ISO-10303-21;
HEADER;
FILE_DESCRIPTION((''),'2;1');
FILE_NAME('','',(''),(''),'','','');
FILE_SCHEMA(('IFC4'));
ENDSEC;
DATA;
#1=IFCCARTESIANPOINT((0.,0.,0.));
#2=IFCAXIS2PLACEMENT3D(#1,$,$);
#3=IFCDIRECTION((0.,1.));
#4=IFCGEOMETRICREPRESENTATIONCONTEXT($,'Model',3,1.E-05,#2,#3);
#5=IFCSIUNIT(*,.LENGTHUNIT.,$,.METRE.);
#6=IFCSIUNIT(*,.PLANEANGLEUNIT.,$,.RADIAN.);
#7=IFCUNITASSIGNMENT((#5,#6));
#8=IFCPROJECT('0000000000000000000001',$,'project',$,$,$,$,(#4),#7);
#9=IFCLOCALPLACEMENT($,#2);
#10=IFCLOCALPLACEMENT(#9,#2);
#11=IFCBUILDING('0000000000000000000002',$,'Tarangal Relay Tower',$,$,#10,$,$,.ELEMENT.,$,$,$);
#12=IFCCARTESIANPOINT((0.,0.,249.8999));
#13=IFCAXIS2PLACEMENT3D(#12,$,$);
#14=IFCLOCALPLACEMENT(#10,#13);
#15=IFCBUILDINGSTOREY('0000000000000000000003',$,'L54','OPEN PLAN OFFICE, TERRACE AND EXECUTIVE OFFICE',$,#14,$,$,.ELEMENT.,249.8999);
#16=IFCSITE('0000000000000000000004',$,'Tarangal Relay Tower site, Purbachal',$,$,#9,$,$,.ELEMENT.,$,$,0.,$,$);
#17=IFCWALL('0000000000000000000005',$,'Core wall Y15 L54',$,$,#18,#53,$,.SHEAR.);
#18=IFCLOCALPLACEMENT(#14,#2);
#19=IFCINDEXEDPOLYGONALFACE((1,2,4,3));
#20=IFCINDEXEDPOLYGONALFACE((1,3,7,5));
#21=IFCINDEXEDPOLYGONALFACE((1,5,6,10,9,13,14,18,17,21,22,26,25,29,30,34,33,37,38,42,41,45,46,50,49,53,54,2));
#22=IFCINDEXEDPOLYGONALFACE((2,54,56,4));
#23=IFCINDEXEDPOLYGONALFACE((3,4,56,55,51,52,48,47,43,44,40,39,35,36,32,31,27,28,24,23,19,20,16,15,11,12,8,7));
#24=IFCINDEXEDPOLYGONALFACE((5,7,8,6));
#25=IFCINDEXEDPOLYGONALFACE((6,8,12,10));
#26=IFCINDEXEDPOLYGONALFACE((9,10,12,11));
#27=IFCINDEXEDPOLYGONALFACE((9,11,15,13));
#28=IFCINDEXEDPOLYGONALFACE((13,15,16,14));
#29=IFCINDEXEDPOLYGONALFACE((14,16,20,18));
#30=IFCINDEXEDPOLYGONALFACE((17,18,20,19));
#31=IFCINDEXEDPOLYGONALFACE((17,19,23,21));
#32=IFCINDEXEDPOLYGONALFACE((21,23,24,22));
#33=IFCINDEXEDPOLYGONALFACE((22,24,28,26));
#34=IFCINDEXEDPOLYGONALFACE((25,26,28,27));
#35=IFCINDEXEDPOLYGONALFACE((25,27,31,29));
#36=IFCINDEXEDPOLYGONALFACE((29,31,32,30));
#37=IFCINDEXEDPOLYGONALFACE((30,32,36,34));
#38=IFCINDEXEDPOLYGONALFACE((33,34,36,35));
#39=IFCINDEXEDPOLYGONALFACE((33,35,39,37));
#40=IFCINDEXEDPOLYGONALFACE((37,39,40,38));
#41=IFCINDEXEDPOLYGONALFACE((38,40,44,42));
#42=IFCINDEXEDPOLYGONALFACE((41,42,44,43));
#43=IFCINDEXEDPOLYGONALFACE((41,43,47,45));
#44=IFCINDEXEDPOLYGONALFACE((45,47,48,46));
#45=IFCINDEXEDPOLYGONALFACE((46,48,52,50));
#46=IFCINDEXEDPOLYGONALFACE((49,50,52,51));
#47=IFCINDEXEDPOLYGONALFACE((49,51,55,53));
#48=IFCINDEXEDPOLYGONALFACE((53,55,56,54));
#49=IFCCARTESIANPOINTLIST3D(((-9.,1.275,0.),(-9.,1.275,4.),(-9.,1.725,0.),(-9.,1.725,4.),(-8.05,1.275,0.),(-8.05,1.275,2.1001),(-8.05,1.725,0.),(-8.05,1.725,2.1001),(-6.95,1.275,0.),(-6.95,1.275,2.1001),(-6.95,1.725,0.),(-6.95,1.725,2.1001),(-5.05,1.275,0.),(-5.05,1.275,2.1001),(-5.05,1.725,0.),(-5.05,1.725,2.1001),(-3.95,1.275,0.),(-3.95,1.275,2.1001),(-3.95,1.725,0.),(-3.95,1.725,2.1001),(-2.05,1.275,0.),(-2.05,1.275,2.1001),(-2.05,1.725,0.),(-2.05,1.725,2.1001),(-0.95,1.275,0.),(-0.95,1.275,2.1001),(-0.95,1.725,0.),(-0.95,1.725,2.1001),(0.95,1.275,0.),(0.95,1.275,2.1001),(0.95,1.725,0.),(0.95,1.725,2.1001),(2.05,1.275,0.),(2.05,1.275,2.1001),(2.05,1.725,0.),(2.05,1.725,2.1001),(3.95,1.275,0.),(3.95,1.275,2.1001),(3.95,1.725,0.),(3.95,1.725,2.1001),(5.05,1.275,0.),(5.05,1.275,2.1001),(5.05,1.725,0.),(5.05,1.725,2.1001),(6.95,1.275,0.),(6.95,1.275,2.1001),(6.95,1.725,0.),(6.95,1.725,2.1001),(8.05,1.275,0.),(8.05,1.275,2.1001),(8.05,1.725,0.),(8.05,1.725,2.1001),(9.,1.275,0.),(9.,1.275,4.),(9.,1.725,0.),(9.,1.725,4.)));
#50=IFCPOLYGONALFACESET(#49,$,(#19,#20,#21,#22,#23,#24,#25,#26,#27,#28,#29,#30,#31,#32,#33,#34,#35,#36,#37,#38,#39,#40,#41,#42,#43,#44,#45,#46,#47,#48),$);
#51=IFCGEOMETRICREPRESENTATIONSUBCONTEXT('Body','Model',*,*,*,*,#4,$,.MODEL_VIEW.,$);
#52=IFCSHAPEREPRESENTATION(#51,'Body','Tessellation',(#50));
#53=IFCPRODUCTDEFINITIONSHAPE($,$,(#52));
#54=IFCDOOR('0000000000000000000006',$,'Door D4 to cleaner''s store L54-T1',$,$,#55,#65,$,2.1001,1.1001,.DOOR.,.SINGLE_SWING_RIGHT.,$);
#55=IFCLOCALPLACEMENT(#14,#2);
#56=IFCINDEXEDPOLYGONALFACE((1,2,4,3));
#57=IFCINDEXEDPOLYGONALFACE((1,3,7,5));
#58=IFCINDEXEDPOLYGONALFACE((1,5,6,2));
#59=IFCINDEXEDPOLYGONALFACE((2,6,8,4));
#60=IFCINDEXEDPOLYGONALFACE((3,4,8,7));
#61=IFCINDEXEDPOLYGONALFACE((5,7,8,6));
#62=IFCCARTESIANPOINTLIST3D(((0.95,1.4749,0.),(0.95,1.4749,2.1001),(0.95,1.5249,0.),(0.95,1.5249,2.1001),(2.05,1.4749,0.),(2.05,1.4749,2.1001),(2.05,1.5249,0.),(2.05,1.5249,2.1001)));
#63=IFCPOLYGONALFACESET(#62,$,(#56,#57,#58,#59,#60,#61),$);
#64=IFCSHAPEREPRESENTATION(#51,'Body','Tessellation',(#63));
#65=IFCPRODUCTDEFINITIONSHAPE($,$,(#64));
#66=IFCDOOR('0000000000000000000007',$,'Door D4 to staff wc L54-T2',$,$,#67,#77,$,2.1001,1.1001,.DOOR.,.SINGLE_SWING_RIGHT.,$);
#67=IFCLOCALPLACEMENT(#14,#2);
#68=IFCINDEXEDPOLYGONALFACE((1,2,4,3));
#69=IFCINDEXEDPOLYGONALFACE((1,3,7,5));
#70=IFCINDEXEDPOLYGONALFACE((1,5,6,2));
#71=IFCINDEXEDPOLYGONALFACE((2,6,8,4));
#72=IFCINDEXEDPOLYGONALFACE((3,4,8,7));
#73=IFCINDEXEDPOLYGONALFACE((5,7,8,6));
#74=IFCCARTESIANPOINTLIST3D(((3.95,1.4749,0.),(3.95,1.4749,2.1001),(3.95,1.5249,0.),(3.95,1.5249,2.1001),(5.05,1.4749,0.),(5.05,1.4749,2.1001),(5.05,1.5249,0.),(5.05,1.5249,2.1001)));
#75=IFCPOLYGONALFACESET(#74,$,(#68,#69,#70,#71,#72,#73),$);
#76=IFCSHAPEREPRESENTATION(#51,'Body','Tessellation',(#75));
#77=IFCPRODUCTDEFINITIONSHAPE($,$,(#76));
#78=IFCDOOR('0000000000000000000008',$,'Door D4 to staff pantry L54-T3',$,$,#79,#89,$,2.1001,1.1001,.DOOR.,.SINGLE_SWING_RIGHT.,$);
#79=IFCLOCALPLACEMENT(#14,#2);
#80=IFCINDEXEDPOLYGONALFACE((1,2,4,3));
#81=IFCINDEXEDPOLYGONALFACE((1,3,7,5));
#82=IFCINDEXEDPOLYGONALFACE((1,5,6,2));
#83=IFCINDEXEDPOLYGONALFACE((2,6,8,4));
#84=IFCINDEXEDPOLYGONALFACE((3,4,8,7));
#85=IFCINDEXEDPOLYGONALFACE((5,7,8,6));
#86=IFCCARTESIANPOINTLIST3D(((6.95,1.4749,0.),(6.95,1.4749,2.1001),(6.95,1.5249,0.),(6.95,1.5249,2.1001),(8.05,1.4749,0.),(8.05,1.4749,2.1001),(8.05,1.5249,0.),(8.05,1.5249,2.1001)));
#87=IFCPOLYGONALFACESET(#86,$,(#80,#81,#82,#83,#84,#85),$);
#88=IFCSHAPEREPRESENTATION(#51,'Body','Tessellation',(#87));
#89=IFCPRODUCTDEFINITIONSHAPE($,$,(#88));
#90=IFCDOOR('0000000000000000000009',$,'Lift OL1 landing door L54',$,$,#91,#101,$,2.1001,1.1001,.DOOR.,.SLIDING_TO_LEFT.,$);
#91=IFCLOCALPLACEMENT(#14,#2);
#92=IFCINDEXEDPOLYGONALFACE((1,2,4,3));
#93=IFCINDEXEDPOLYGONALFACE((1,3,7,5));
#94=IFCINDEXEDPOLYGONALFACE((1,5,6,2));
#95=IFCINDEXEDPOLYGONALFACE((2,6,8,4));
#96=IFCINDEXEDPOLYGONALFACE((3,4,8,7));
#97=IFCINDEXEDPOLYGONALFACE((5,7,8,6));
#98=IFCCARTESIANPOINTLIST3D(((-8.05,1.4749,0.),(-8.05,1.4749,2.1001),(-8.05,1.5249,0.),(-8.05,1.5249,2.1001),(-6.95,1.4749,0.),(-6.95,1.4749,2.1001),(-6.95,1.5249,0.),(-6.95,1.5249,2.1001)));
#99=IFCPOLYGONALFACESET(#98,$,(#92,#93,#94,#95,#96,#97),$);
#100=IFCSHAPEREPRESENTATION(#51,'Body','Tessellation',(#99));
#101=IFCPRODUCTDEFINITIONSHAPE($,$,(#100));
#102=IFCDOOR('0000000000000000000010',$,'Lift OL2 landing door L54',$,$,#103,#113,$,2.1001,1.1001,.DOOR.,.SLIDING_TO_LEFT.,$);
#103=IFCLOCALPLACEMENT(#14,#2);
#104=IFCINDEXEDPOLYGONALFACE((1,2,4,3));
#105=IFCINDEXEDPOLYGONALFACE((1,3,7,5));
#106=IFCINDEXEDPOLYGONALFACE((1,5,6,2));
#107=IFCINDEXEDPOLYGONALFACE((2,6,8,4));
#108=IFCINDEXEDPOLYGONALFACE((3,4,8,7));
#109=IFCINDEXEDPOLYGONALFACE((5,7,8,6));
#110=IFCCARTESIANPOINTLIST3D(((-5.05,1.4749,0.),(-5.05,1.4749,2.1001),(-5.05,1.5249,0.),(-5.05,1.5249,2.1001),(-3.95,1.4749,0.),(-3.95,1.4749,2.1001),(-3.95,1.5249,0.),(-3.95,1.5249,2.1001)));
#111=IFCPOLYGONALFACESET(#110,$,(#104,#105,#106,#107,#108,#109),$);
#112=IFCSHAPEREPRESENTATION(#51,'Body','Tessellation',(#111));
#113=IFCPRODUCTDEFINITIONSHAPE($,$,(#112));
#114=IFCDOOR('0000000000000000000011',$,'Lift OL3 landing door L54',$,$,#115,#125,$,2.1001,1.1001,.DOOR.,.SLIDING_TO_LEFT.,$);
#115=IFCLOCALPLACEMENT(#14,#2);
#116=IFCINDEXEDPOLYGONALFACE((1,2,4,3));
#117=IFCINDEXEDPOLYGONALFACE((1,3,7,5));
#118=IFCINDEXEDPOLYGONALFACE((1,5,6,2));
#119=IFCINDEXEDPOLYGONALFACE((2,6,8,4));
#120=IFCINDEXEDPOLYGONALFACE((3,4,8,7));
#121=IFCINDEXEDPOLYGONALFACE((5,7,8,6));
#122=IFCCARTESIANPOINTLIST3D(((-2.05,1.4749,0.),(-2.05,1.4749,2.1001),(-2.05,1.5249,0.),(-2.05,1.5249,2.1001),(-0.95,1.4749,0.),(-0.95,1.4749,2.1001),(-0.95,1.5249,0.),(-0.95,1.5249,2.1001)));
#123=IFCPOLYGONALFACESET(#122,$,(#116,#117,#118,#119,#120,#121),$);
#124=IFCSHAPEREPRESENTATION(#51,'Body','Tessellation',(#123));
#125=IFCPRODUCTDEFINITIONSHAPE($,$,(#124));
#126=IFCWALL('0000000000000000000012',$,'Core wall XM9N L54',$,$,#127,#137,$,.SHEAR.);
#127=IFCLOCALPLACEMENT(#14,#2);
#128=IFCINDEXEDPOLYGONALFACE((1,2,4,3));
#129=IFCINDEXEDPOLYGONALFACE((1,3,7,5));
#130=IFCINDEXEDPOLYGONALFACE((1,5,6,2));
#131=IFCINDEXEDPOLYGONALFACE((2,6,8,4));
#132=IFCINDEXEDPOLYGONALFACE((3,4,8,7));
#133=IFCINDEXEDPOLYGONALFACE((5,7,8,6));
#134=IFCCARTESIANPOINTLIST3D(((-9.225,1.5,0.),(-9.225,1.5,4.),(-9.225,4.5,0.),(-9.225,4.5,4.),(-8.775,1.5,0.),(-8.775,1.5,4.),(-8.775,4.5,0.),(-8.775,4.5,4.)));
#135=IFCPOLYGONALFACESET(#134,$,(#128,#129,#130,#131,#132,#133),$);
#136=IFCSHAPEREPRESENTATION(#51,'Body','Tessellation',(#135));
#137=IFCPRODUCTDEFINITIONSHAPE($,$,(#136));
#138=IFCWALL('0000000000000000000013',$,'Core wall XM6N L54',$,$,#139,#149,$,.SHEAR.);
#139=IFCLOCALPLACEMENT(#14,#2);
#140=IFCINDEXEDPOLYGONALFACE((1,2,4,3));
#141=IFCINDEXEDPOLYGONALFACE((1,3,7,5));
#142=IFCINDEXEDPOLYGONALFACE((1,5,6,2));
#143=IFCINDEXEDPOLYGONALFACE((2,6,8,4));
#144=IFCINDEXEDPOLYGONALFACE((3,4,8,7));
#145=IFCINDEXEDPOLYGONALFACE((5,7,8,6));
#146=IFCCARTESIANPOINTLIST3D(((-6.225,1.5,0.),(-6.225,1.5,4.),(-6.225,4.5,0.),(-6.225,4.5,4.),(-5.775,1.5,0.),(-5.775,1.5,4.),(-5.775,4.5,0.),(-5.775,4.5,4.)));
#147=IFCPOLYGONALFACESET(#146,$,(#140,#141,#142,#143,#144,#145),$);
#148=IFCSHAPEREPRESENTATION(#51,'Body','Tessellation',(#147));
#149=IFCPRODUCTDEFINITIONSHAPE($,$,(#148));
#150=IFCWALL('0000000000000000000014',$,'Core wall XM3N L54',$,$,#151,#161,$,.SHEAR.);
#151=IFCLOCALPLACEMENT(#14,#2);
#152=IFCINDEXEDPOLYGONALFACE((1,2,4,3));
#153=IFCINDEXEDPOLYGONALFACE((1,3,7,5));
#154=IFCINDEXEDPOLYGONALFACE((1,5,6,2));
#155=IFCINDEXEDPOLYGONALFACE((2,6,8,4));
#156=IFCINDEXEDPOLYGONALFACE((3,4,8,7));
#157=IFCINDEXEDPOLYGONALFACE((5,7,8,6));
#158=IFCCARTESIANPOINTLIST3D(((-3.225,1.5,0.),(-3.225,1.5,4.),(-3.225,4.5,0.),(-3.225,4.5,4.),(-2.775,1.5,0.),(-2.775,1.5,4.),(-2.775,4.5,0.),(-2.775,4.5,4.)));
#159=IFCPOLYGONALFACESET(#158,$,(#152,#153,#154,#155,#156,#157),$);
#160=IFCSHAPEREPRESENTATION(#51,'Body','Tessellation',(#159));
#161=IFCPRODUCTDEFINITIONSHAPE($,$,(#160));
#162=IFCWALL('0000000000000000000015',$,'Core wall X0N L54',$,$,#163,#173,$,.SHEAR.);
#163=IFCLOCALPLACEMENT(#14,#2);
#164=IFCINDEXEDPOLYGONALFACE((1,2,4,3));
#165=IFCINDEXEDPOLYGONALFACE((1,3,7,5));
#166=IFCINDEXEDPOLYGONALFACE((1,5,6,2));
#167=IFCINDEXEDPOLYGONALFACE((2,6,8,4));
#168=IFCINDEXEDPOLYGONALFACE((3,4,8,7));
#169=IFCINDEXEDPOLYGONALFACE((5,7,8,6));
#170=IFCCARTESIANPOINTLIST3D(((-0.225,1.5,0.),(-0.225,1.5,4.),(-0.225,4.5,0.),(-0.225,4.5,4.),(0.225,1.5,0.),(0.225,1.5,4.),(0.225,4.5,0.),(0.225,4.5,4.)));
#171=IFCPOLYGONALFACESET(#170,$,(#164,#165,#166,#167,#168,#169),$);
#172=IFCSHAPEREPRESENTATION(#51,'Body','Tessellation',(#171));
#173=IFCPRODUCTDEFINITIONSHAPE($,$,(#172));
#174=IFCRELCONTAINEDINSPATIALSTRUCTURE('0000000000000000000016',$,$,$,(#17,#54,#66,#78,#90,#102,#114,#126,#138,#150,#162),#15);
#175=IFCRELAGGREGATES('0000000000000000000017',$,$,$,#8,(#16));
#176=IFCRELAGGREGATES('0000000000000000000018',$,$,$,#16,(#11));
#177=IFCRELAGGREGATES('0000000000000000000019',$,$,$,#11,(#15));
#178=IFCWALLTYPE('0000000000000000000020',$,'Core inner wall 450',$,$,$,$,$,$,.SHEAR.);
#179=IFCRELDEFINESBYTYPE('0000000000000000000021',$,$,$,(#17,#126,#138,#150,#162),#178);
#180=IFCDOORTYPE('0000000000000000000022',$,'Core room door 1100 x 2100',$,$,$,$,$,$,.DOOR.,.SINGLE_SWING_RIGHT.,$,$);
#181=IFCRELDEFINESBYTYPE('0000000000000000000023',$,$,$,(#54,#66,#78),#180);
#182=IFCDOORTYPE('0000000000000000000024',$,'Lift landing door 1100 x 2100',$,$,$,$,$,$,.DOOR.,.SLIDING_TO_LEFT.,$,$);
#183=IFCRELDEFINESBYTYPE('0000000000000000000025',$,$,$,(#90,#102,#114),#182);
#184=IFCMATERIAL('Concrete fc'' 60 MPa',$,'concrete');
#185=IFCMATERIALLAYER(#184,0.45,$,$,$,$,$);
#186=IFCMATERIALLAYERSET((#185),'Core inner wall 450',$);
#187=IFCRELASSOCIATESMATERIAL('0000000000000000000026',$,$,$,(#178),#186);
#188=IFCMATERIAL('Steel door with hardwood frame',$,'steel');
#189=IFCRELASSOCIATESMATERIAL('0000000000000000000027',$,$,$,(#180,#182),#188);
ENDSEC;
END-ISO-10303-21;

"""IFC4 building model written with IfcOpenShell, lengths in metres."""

from ifc_helpers import new_model, si_unit, direction, frame, frame_2d, origin, place, context, subcontext, project, spatial, rectangle, extrude, material, layer, layer_set, type_object, element, fill, save


model = new_model("IFC4")

# Units and contexts
model_context = context("Model", 3, precision=1e-05, world=origin(), true_north=direction((0.0, 1.0)))
body_context = subcontext(model_context, "Body", "Model", "MODEL_VIEW")
ifc_project = project(units=[si_unit("LENGTHUNIT", "METRE"), si_unit("PLANEANGLEUNIT", "RADIAN")], contexts=[model_context])

# Site, building, storey
site_placement = place(None, origin())
site = spatial("IfcSite", under=ifc_project, at=site_placement, Name="Tarangal Relay Tower site, Purbachal", CompositionType="ELEMENT", RefElevation=0.0)
building_placement = place(site_placement, origin())
building = spatial("IfcBuilding", under=site, at=building_placement, Name="Tarangal Relay Tower", CompositionType="ELEMENT")
storey_placement = place(building_placement, frame((0.0, 0.0, 249.8999)))
storey = spatial("IfcBuildingStorey", under=building, at=storey_placement, Name="L54", Description="OPEN PLAN OFFICE, TERRACE AND EXECUTIVE OFFICE", CompositionType="ELEMENT", Elevation=249.8999)

# Wall, openings, doors
ifc_material_1 = material(Name="Concrete fc' 60 MPa", Category="concrete")
ifc_layer_1 = layer(ifc_material_1, 0.45)
ifc_layer_set_1 = layer_set([ifc_layer_1], Name="Core inner wall 450")
wall_type = type_object("IfcWallType", Name="Core inner wall 450", PredefinedType="SHEAR", material=ifc_layer_set_1)
ifc_material_2 = material(Name="Steel door with hardwood frame", Category="steel")
wall_1_placement = place(storey_placement, frame((-9.0, 1.5, 0.0), z_axis=(0.0, 0.0, 1.0), x_axis=(1.0, 0.0, 0.0)))
wall_1 = element("IfcWall", 1, at=wall_1_placement, inside=storey, type_object=wall_type, Name="Core wall Y15 L54", PredefinedType="SHEAR", context=body_context, shape_type="SweptSolid", body=[
    extrude(rectangle(XDim=18.0, YDim=0.45, at=frame_2d((9.0, 0.0))), origin(), (0.0, 0.0, 1.0), 4.0),
])
opening_1_placement = place(wall_1_placement, frame((0.95, 0.0, 0.0)))
opening_1 = element("IfcOpeningElement", 2, at=opening_1_placement, cuts=wall_1, PredefinedType="OPENING", context=body_context, shape_type="SweptSolid", body=[
    extrude(rectangle(XDim=1.1001, YDim=2.1001, at=frame_2d((0.55, 1.05))), frame((0.0, 0.2349, 0.0), z_axis=(0.0, -1.0, 0.0), x_axis=(1.0, 0.0, 0.0)), (0.0, 0.0, 1.0), 0.47),
])
opening_2_placement = place(wall_1_placement, frame((3.95, 0.0, 0.0)))
opening_2 = element("IfcOpeningElement", 3, at=opening_2_placement, cuts=wall_1, PredefinedType="OPENING", context=body_context, shape_type="SweptSolid", body=[
    extrude(rectangle(XDim=1.1001, YDim=2.1001, at=frame_2d((0.55, 1.05))), frame((0.0, 0.2349, 0.0), z_axis=(0.0, -1.0, 0.0), x_axis=(1.0, 0.0, 0.0)), (0.0, 0.0, 1.0), 0.47),
])
opening_3_placement = place(wall_1_placement, frame((6.95, 0.0, 0.0)))
opening_3 = element("IfcOpeningElement", 4, at=opening_3_placement, cuts=wall_1, PredefinedType="OPENING", context=body_context, shape_type="SweptSolid", body=[
    extrude(rectangle(XDim=1.1001, YDim=2.1001, at=frame_2d((0.55, 1.05))), frame((0.0, 0.2349, 0.0), z_axis=(0.0, -1.0, 0.0), x_axis=(1.0, 0.0, 0.0)), (0.0, 0.0, 1.0), 0.47),
])
opening_4_placement = place(wall_1_placement, frame((9.95, 0.0, 0.0)))
opening_4 = element("IfcOpeningElement", 5, at=opening_4_placement, cuts=wall_1, PredefinedType="OPENING", context=body_context, shape_type="SweptSolid", body=[
    extrude(rectangle(XDim=1.1001, YDim=2.1001, at=frame_2d((0.55, 1.05))), frame((0.0, 0.2349, 0.0), z_axis=(0.0, -1.0, 0.0), x_axis=(1.0, 0.0, 0.0)), (0.0, 0.0, 1.0), 0.47),
])
opening_5_placement = place(wall_1_placement, frame((12.95, 0.0, 0.0)))
opening_5 = element("IfcOpeningElement", 6, at=opening_5_placement, cuts=wall_1, PredefinedType="OPENING", context=body_context, shape_type="SweptSolid", body=[
    extrude(rectangle(XDim=1.1001, YDim=2.1001, at=frame_2d((0.55, 1.05))), frame((0.0, 0.2349, 0.0), z_axis=(0.0, -1.0, 0.0), x_axis=(1.0, 0.0, 0.0)), (0.0, 0.0, 1.0), 0.47),
])
opening_6_placement = place(wall_1_placement, frame((15.95, 0.0, 0.0)))
opening_6 = element("IfcOpeningElement", 7, at=opening_6_placement, cuts=wall_1, PredefinedType="OPENING", context=body_context, shape_type="SweptSolid", body=[
    extrude(rectangle(XDim=1.1001, YDim=2.1001, at=frame_2d((0.55, 1.05))), frame((0.0, 0.2349, 0.0), z_axis=(0.0, -1.0, 0.0), x_axis=(1.0, 0.0, 0.0)), (0.0, 0.0, 1.0), 0.47),
])
door_type_1 = type_object("IfcDoorType", Name="Core room door 1100 x 2100", OperationType="SINGLE_SWING_RIGHT", PredefinedType="DOOR", material=ifc_material_2)
door_1_placement = place(opening_4_placement, origin())
door_1 = element("IfcDoor", 8, at=door_1_placement, inside=storey, type_object=door_type_1, Name="Door D4 to cleaner's store L54-T1", OperationType="SINGLE_SWING_RIGHT", OverallHeight=2.1001, OverallWidth=1.1001, PredefinedType="DOOR", context=body_context, shape_type="SweptSolid", body=[
    extrude(rectangle(XDim=1.1001, YDim=2.1001, at=frame_2d((0.55, 1.05))), frame((0.0, 0.0249, 0.0), z_axis=(0.0, -1.0, 0.0), x_axis=(1.0, 0.0, 0.0)), (0.0, 0.0, 1.0), 0.05),
])
fill(opening_4, door_1)
door_2_placement = place(opening_5_placement, origin())
door_2 = element("IfcDoor", 9, at=door_2_placement, inside=storey, type_object=door_type_1, Name="Door D4 to staff wc L54-T2", OperationType="SINGLE_SWING_RIGHT", OverallHeight=2.1001, OverallWidth=1.1001, PredefinedType="DOOR", context=body_context, shape_type="SweptSolid", body=[
    extrude(rectangle(XDim=1.1001, YDim=2.1001, at=frame_2d((0.55, 1.05))), frame((0.0, 0.0249, 0.0), z_axis=(0.0, -1.0, 0.0), x_axis=(1.0, 0.0, 0.0)), (0.0, 0.0, 1.0), 0.05),
])
fill(opening_5, door_2)
door_3_placement = place(opening_6_placement, origin())
door_3 = element("IfcDoor", 10, at=door_3_placement, inside=storey, type_object=door_type_1, Name="Door D4 to staff pantry L54-T3", OperationType="SINGLE_SWING_RIGHT", OverallHeight=2.1001, OverallWidth=1.1001, PredefinedType="DOOR", context=body_context, shape_type="SweptSolid", body=[
    extrude(rectangle(XDim=1.1001, YDim=2.1001, at=frame_2d((0.55, 1.05))), frame((0.0, 0.0249, 0.0), z_axis=(0.0, -1.0, 0.0), x_axis=(1.0, 0.0, 0.0)), (0.0, 0.0, 1.0), 0.05),
])
fill(opening_6, door_3)
door_type_2 = type_object("IfcDoorType", Name="Lift landing door 1100 x 2100", OperationType="SLIDING_TO_LEFT", PredefinedType="DOOR", material=ifc_material_2)
door_4_placement = place(opening_1_placement, origin())
door_4 = element("IfcDoor", 11, at=door_4_placement, inside=storey, type_object=door_type_2, Name="Lift OL1 landing door L54", OperationType="SLIDING_TO_LEFT", OverallHeight=2.1001, OverallWidth=1.1001, PredefinedType="DOOR", context=body_context, shape_type="SweptSolid", body=[
    extrude(rectangle(XDim=1.1001, YDim=2.1001, at=frame_2d((0.55, 1.05))), frame((0.0, 0.0249, 0.0), z_axis=(0.0, -1.0, 0.0), x_axis=(1.0, 0.0, 0.0)), (0.0, 0.0, 1.0), 0.05),
])
fill(opening_1, door_4)
door_5_placement = place(opening_2_placement, origin())
door_5 = element("IfcDoor", 12, at=door_5_placement, inside=storey, type_object=door_type_2, Name="Lift OL2 landing door L54", OperationType="SLIDING_TO_LEFT", OverallHeight=2.1001, OverallWidth=1.1001, PredefinedType="DOOR", context=body_context, shape_type="SweptSolid", body=[
    extrude(rectangle(XDim=1.1001, YDim=2.1001, at=frame_2d((0.55, 1.05))), frame((0.0, 0.0249, 0.0), z_axis=(0.0, -1.0, 0.0), x_axis=(1.0, 0.0, 0.0)), (0.0, 0.0, 1.0), 0.05),
])
fill(opening_2, door_5)
door_6_placement = place(opening_3_placement, origin())
door_6 = element("IfcDoor", 13, at=door_6_placement, inside=storey, type_object=door_type_2, Name="Lift OL3 landing door L54", OperationType="SLIDING_TO_LEFT", OverallHeight=2.1001, OverallWidth=1.1001, PredefinedType="DOOR", context=body_context, shape_type="SweptSolid", body=[
    extrude(rectangle(XDim=1.1001, YDim=2.1001, at=frame_2d((0.55, 1.05))), frame((0.0, 0.0249, 0.0), z_axis=(0.0, -1.0, 0.0), x_axis=(1.0, 0.0, 0.0)), (0.0, 0.0, 1.0), 0.05),
])
fill(opening_3, door_6)

# Walls
for number, where, z_axis, x_axis, name in (
    (14, (-9.0, 1.5, 0.0), (0.0, 0.0, 1.0), (0.0, 1.0, 0.0), "Core wall XM9N L54"),
    (15, (-6.0, 1.5, 0.0), (0.0, 0.0, 1.0), (0.0, 1.0, 0.0), "Core wall XM6N L54"),
    (16, (-3.0, 1.5, 0.0), (0.0, 0.0, 1.0), (0.0, 1.0, 0.0), "Core wall XM3N L54"),
    (17, (0.0, 1.5, 0.0), (0.0, 0.0, 1.0), (0.0, 1.0, 0.0), "Core wall X0N L54"),
):
    element("IfcWall", number, at=place(storey_placement, frame(where, z_axis=z_axis, x_axis=x_axis)), inside=storey, type_object=wall_type, Name=name, PredefinedType="SHEAR", context=body_context, shape_type="SweptSolid", body=[
        extrude(rectangle(XDim=3.0, YDim=0.45, at=frame_2d((1.5, 0.0))), origin(), (0.0, 0.0, 1.0), 4.0),
    ])

save(model, "model.ifc")
